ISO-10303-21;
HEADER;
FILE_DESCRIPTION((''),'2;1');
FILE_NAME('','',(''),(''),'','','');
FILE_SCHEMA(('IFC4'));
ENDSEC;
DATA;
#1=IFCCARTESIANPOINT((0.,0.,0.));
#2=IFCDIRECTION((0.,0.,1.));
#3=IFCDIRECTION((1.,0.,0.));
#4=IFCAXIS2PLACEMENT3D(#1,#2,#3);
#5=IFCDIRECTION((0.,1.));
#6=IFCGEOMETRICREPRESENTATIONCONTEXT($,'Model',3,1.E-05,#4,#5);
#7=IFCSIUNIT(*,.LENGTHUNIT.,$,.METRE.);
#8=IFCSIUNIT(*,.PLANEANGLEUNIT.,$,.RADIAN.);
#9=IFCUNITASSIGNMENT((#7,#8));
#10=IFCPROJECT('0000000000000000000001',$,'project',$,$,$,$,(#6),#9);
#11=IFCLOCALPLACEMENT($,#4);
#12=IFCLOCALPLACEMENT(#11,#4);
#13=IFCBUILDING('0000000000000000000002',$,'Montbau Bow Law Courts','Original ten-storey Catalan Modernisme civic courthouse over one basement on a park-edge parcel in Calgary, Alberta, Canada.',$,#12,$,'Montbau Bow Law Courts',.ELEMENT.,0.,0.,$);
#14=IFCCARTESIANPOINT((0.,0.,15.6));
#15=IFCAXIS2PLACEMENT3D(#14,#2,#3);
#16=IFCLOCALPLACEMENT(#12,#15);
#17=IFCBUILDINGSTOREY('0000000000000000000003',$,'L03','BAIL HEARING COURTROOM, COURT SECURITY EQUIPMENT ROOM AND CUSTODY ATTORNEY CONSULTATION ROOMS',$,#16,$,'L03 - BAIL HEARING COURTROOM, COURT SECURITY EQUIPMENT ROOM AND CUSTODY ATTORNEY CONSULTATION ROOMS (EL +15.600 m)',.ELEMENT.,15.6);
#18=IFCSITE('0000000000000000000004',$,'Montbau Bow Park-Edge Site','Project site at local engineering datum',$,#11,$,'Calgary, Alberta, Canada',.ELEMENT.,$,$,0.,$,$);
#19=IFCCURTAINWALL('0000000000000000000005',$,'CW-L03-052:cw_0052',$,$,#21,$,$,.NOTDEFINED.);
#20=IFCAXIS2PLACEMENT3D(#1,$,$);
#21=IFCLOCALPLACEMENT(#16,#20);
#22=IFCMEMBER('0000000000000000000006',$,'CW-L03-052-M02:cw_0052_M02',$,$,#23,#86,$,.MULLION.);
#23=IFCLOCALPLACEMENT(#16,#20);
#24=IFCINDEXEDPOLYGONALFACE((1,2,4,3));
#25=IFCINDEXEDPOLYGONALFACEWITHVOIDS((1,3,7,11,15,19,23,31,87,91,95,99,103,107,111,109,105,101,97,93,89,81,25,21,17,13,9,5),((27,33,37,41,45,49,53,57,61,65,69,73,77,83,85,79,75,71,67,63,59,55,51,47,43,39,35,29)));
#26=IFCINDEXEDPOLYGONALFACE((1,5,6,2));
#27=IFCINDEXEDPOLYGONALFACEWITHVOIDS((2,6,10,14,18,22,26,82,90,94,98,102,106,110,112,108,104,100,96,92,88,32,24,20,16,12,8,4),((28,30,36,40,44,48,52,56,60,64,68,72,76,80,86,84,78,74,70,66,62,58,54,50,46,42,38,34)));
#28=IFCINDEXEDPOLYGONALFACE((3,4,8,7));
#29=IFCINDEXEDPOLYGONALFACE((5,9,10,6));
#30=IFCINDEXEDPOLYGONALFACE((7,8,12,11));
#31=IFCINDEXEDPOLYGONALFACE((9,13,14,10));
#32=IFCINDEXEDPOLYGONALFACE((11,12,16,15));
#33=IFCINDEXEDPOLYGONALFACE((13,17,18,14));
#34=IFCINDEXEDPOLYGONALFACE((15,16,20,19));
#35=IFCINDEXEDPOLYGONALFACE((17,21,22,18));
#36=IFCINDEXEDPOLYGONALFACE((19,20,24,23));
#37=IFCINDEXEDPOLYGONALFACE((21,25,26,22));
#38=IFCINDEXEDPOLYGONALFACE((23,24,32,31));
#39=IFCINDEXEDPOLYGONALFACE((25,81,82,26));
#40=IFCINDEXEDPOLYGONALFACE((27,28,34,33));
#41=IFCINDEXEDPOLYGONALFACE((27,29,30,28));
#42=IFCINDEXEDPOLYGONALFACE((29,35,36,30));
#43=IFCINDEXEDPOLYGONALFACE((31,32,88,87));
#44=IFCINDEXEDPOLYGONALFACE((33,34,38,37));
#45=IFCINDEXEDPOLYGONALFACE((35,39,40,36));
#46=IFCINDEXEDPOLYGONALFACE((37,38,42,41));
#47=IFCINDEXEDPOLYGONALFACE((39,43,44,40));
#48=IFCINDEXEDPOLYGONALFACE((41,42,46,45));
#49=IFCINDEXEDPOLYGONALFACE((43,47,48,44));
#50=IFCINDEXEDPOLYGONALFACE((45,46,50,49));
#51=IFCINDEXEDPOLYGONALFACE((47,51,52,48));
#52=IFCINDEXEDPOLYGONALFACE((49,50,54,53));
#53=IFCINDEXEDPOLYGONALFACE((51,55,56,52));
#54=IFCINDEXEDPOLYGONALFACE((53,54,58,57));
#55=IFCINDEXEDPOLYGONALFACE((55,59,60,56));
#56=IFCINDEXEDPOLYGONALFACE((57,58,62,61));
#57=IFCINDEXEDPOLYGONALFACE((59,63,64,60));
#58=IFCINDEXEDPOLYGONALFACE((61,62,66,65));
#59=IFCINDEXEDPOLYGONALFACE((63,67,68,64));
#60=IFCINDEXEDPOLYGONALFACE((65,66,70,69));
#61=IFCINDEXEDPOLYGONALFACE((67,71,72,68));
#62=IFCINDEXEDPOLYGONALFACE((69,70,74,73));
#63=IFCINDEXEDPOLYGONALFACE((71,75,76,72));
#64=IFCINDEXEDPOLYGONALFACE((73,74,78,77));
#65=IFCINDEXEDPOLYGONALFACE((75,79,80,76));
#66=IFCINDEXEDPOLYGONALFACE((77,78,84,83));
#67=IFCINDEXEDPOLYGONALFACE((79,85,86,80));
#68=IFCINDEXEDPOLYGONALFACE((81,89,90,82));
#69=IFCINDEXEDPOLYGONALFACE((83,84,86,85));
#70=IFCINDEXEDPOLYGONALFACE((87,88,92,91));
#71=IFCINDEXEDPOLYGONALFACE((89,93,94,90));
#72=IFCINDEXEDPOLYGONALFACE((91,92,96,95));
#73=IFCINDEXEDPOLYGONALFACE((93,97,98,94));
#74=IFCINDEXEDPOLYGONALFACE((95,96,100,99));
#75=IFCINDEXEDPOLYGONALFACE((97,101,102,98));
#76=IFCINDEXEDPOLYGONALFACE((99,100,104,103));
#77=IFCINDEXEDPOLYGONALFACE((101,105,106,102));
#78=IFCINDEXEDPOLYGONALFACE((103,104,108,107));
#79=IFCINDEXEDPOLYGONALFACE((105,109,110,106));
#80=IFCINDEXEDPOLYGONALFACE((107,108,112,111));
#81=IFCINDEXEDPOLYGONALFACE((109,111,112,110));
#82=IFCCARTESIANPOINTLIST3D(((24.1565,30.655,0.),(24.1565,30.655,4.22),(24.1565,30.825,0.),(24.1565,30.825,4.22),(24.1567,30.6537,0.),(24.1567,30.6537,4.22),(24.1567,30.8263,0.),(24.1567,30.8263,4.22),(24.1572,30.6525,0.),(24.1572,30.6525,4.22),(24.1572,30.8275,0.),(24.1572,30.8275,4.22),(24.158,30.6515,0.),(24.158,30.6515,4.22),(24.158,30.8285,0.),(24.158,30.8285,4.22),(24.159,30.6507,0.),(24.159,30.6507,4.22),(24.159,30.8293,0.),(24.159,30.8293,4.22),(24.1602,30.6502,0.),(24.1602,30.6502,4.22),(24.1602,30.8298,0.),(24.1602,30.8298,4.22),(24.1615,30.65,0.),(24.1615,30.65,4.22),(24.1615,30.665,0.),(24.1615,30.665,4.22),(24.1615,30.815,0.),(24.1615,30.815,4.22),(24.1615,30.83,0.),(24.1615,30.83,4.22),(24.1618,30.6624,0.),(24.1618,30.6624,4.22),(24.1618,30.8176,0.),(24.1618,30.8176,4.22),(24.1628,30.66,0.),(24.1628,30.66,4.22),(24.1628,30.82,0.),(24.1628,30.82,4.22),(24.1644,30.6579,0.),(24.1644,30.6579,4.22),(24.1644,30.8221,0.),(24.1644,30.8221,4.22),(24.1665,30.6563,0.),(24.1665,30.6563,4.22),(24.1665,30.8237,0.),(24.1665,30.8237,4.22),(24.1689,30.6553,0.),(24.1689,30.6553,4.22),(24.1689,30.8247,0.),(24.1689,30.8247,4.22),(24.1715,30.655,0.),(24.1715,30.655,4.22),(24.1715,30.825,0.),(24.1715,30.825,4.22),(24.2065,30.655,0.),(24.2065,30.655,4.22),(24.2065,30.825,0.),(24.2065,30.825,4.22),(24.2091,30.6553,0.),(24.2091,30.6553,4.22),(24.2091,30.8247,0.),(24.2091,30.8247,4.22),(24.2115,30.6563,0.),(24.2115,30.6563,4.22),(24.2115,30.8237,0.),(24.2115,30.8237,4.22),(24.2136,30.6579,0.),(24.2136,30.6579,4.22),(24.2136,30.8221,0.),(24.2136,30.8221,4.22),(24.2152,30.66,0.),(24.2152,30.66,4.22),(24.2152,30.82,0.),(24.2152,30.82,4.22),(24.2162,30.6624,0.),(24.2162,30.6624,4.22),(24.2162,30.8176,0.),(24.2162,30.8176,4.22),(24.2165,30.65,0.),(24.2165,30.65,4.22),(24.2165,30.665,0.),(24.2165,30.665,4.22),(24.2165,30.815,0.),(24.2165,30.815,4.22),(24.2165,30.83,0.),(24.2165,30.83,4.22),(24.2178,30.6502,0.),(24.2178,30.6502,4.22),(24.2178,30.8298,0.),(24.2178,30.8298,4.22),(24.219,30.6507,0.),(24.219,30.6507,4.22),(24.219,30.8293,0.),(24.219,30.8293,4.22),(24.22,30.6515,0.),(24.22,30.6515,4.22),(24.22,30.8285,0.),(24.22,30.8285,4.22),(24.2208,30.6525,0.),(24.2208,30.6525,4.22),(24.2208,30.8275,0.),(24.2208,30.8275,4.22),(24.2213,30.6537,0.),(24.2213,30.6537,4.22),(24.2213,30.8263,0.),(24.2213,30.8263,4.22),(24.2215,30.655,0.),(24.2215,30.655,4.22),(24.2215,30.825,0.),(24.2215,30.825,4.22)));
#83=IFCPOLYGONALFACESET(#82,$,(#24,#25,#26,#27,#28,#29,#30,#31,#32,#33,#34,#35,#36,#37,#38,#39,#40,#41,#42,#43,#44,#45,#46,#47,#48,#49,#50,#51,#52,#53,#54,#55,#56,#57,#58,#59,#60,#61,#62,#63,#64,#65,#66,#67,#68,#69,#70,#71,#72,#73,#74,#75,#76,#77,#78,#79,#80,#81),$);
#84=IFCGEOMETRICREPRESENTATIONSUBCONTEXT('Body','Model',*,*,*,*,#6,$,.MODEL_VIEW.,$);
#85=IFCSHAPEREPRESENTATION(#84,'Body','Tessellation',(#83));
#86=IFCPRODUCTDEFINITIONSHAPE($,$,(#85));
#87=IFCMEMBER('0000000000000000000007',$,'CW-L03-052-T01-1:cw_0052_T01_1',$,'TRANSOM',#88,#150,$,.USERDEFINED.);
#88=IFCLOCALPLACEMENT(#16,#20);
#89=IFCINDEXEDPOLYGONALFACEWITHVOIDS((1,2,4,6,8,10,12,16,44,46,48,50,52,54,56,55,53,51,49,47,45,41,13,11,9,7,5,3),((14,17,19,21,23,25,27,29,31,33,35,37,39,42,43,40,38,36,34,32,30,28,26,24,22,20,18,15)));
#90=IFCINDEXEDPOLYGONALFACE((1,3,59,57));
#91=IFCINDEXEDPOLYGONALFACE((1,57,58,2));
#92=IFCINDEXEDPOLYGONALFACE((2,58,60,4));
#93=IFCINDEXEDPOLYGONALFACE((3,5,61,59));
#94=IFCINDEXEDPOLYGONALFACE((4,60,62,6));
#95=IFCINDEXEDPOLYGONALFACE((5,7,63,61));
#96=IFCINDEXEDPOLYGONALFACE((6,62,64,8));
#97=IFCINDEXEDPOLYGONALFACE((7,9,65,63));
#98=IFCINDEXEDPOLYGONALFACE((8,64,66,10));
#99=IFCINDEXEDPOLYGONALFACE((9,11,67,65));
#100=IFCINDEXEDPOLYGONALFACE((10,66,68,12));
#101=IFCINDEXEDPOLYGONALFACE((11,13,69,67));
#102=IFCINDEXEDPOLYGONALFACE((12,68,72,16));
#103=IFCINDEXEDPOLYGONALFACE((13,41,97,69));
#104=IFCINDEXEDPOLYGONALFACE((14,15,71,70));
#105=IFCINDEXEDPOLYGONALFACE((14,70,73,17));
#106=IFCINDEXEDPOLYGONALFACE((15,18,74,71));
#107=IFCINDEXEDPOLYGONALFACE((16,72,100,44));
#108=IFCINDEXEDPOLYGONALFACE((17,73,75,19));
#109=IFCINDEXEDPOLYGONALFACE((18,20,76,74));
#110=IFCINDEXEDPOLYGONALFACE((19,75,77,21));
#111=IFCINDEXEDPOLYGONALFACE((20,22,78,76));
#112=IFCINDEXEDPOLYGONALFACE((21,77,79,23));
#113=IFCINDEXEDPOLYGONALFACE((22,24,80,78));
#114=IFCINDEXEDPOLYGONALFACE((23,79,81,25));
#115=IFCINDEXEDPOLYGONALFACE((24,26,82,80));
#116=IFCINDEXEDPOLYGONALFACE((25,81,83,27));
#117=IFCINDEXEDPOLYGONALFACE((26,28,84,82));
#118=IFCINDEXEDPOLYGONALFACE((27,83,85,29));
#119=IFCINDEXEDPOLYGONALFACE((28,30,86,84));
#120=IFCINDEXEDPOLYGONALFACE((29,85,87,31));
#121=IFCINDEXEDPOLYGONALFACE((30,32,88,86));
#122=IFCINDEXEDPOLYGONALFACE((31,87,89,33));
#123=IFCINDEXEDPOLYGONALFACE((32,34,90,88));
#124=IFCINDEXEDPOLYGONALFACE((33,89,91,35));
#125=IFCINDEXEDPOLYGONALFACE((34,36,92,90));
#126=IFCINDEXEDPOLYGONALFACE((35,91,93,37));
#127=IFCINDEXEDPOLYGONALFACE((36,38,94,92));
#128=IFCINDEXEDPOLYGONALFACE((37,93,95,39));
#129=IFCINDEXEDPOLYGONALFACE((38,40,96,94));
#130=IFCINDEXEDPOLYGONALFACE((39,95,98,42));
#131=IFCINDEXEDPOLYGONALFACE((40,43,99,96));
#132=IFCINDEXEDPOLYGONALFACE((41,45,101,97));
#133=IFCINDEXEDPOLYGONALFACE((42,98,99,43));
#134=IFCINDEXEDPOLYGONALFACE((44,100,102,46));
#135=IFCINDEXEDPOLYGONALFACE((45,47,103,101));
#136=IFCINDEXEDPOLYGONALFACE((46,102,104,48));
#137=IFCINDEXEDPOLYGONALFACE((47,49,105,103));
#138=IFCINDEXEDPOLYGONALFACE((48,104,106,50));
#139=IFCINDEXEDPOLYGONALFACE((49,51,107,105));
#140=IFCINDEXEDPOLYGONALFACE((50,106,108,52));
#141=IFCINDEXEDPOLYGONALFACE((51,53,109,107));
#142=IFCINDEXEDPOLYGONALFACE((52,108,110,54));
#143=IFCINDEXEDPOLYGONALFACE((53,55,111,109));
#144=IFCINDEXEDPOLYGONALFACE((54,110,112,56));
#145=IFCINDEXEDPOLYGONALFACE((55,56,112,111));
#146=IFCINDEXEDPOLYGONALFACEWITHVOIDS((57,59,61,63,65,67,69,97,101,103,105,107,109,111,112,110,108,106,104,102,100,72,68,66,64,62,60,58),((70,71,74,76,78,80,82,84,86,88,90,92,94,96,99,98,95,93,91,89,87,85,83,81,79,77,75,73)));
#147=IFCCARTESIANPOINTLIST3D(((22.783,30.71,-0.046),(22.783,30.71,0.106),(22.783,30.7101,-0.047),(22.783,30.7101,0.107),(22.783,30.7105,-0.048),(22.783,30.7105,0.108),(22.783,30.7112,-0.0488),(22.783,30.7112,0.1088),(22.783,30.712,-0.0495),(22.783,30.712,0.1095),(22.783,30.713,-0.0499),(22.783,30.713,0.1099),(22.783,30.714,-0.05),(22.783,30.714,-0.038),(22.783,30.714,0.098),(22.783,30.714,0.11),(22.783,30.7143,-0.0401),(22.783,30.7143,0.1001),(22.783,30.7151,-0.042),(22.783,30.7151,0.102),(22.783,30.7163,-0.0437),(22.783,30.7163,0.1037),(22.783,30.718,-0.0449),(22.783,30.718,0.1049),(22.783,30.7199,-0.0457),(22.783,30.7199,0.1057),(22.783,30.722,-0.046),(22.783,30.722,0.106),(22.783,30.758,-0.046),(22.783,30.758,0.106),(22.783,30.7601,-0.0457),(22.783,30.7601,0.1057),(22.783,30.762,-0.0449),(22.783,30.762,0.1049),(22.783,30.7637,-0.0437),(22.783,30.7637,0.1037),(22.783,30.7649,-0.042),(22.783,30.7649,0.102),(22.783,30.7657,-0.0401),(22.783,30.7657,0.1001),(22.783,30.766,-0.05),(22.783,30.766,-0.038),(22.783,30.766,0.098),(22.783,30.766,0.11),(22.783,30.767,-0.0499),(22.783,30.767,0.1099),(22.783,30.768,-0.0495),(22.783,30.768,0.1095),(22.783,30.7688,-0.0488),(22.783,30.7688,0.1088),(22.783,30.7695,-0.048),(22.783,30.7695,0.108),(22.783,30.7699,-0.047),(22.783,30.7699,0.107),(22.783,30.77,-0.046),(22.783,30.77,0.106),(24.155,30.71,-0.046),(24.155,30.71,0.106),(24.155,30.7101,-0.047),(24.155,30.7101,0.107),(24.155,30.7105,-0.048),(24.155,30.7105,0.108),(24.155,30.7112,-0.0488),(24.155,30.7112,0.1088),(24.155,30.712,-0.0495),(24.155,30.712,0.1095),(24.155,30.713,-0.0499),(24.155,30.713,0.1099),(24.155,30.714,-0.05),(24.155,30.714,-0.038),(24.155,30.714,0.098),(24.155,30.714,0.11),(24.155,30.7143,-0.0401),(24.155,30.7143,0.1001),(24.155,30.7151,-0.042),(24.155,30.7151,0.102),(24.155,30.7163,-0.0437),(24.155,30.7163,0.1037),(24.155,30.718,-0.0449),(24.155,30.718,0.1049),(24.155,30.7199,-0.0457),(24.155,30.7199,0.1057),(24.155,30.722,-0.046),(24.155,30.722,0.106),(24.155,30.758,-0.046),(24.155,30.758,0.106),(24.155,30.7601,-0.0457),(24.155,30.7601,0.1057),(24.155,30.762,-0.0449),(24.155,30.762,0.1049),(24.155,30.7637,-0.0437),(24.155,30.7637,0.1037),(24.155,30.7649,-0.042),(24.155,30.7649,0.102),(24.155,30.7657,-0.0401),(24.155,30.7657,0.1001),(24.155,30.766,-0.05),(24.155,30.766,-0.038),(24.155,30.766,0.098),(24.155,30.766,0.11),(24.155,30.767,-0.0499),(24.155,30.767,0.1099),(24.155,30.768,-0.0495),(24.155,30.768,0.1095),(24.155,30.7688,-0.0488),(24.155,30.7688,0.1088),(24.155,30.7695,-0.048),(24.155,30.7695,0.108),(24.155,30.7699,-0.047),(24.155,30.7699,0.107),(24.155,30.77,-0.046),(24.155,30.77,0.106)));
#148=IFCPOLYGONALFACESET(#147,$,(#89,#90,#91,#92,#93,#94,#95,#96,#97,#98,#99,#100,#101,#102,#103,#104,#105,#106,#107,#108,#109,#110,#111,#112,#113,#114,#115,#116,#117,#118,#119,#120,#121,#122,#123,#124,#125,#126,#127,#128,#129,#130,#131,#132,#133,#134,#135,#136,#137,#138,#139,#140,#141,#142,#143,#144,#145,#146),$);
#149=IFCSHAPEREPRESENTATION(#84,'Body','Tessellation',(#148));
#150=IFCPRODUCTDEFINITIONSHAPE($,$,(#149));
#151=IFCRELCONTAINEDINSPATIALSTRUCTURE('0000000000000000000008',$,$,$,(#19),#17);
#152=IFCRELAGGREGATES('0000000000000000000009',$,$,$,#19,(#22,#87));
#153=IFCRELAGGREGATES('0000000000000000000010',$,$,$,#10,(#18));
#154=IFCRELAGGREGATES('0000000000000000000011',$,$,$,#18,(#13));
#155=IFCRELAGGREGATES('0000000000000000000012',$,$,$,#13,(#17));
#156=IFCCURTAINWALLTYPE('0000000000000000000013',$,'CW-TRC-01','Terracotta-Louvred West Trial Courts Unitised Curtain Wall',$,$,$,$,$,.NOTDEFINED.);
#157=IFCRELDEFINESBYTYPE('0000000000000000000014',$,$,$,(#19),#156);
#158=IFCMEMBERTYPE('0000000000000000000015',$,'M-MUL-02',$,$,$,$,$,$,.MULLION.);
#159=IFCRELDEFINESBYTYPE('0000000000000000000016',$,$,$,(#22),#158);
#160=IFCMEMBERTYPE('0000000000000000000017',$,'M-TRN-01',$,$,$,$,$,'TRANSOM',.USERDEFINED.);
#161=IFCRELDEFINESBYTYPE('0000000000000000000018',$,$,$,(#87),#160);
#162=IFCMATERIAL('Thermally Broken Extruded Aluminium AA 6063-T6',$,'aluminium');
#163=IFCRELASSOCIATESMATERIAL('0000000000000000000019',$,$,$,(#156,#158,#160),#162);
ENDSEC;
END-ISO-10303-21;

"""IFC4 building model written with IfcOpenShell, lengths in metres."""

from ifc_helpers import new_model, si_unit, direction, frame, origin_with_axes, origin_2d_with_axis, place, context, subcontext, project, spatial, hollow_rectangle, extrude, material, material_profile, profile_set, type_object, element, aggregate, save


model = new_model("IFC4")

# Units and contexts
model_context = context("Model", 3, precision=1e-05, world=origin_with_axes(), true_north=direction((0.0, 1.0)))
body_context = subcontext(model_context, "Body", "Model", "MODEL_VIEW")
ifc_project = project(units=[si_unit("LENGTHUNIT", "METRE"), si_unit("PLANEANGLEUNIT", "RADIAN")], contexts=[model_context])

# Site, building, storey
site_placement = place(None, origin_with_axes())
site = spatial("IfcSite", under=ifc_project, at=site_placement, Name="Montbau Bow Park-Edge Site", Description="Project site at local engineering datum", LongName="Calgary, Alberta, Canada", CompositionType="ELEMENT", RefElevation=0.0)
building_placement = place(site_placement, origin_with_axes())
building = spatial("IfcBuilding", under=site, at=building_placement, Name="Montbau Bow Law Courts", Description="Original ten-storey Catalan Modernisme civic courthouse over one basement on a park-edge parcel in Calgary, Alberta, Canada.", LongName="Montbau Bow Law Courts", CompositionType="ELEMENT", ElevationOfRefHeight=0.0, ElevationOfTerrain=0.0)
storey_placement = place(building_placement, frame((0.0, 0.0, 15.6), z_axis=(0.0, 0.0, 1.0), x_axis=(1.0, 0.0, 0.0)))
storey = spatial("IfcBuildingStorey", under=building, at=storey_placement, Name="L03", Description="BAIL HEARING COURTROOM, COURT SECURITY EQUIPMENT ROOM AND CUSTODY ATTORNEY CONSULTATION ROOMS", LongName="L03 - BAIL HEARING COURTROOM, COURT SECURITY EQUIPMENT ROOM AND CUSTODY ATTORNEY CONSULTATION ROOMS (EL +15.600 m)", CompositionType="ELEMENT", Elevation=15.6)

# Curtain wall, members
ifc_material_1 = material(Name="Thermally Broken Extruded Aluminium AA 6063-T6", Category="aluminium")
curtain_wall_type = type_object("IfcCurtainWallType", Name="CW-TRC-01", Description="Terracotta-Louvred West Trial Courts Unitised Curtain Wall", PredefinedType="NOTDEFINED", material=ifc_material_1)
curtain_wall_1_placement = place(None, frame((22.715, 30.74, 15.6), z_axis=(0.0, 0.0, 1.0), x_axis=(1.0, 0.0, 0.0)))
curtain_wall_1 = element("IfcCurtainWall", 1, at=curtain_wall_1_placement, inside=storey, type_object=curtain_wall_type, Name="CW-L03-052:cw_0052", PredefinedType="NOTDEFINED")
ifc_material_profile_1 = material_profile(ifc_material_1, hollow_rectangle(XDim=0.065, YDim=0.18, WallThickness=0.005, InnerFilletRadius=0.01, OuterFilletRadius=0.005, at=origin_2d_with_axis()), Name="CWM-180X65", Category="Main", Priority=0)
ifc_profile_set_1 = profile_set([ifc_material_profile_1], Name="Thermally Broken Extruded Aluminium AA 6063-T6")
member_type_1 = type_object("IfcMemberType", Name="M-MUL-02", PredefinedType="MULLION", material=ifc_profile_set_1)
member_1_placement = place(None, frame((24.189, 30.74, 15.6), z_axis=(0.0, 0.0, 1.0), x_axis=(1.0, 0.0, 0.0)))
member_1 = element("IfcMember", 2, at=member_1_placement, type_object=member_type_1, Name="CW-L03-052-M02:cw_0052_M02", PredefinedType="MULLION", context=body_context, shape_type="SweptSolid", body=[
    extrude(hollow_rectangle(XDim=0.065, YDim=0.18, WallThickness=0.005, InnerFilletRadius=0.01, OuterFilletRadius=0.005, at=origin_2d_with_axis()), origin_with_axes(), (0.0, 0.0, 1.0), 4.22),
])
ifc_material_profile_2 = material_profile(ifc_material_1, hollow_rectangle(XDim=0.06, YDim=0.16, WallThickness=0.004, InnerFilletRadius=0.008, OuterFilletRadius=0.004, at=origin_2d_with_axis()), Name="CWT-160X60", Category="Main", Priority=0)
ifc_profile_set_2 = profile_set([ifc_material_profile_2], Name="Thermally Broken Extruded Aluminium AA 6063-T6")
member_type_2 = type_object("IfcMemberType", Name="M-TRN-01", ElementType="TRANSOM", PredefinedType="USERDEFINED", material=ifc_profile_set_2)
member_2_placement = place(None, frame((22.783, 30.74, 15.63), z_axis=(1.0, 0.0, 0.0), x_axis=(0.0, 1.0, 0.0)))
member_2 = element("IfcMember", 3, at=member_2_placement, type_object=member_type_2, Name="CW-L03-052-T01-1:cw_0052_T01_1", ObjectType="TRANSOM", PredefinedType="USERDEFINED", context=body_context, shape_type="SweptSolid", body=[
    extrude(hollow_rectangle(XDim=0.06, YDim=0.16, WallThickness=0.004, InnerFilletRadius=0.008, OuterFilletRadius=0.004, at=origin_2d_with_axis()), origin_with_axes(), (0.0, 0.0, 1.0), 1.372),
])

aggregate(curtain_wall_1, [member_1, member_2])

save(model, "model.ifc")
